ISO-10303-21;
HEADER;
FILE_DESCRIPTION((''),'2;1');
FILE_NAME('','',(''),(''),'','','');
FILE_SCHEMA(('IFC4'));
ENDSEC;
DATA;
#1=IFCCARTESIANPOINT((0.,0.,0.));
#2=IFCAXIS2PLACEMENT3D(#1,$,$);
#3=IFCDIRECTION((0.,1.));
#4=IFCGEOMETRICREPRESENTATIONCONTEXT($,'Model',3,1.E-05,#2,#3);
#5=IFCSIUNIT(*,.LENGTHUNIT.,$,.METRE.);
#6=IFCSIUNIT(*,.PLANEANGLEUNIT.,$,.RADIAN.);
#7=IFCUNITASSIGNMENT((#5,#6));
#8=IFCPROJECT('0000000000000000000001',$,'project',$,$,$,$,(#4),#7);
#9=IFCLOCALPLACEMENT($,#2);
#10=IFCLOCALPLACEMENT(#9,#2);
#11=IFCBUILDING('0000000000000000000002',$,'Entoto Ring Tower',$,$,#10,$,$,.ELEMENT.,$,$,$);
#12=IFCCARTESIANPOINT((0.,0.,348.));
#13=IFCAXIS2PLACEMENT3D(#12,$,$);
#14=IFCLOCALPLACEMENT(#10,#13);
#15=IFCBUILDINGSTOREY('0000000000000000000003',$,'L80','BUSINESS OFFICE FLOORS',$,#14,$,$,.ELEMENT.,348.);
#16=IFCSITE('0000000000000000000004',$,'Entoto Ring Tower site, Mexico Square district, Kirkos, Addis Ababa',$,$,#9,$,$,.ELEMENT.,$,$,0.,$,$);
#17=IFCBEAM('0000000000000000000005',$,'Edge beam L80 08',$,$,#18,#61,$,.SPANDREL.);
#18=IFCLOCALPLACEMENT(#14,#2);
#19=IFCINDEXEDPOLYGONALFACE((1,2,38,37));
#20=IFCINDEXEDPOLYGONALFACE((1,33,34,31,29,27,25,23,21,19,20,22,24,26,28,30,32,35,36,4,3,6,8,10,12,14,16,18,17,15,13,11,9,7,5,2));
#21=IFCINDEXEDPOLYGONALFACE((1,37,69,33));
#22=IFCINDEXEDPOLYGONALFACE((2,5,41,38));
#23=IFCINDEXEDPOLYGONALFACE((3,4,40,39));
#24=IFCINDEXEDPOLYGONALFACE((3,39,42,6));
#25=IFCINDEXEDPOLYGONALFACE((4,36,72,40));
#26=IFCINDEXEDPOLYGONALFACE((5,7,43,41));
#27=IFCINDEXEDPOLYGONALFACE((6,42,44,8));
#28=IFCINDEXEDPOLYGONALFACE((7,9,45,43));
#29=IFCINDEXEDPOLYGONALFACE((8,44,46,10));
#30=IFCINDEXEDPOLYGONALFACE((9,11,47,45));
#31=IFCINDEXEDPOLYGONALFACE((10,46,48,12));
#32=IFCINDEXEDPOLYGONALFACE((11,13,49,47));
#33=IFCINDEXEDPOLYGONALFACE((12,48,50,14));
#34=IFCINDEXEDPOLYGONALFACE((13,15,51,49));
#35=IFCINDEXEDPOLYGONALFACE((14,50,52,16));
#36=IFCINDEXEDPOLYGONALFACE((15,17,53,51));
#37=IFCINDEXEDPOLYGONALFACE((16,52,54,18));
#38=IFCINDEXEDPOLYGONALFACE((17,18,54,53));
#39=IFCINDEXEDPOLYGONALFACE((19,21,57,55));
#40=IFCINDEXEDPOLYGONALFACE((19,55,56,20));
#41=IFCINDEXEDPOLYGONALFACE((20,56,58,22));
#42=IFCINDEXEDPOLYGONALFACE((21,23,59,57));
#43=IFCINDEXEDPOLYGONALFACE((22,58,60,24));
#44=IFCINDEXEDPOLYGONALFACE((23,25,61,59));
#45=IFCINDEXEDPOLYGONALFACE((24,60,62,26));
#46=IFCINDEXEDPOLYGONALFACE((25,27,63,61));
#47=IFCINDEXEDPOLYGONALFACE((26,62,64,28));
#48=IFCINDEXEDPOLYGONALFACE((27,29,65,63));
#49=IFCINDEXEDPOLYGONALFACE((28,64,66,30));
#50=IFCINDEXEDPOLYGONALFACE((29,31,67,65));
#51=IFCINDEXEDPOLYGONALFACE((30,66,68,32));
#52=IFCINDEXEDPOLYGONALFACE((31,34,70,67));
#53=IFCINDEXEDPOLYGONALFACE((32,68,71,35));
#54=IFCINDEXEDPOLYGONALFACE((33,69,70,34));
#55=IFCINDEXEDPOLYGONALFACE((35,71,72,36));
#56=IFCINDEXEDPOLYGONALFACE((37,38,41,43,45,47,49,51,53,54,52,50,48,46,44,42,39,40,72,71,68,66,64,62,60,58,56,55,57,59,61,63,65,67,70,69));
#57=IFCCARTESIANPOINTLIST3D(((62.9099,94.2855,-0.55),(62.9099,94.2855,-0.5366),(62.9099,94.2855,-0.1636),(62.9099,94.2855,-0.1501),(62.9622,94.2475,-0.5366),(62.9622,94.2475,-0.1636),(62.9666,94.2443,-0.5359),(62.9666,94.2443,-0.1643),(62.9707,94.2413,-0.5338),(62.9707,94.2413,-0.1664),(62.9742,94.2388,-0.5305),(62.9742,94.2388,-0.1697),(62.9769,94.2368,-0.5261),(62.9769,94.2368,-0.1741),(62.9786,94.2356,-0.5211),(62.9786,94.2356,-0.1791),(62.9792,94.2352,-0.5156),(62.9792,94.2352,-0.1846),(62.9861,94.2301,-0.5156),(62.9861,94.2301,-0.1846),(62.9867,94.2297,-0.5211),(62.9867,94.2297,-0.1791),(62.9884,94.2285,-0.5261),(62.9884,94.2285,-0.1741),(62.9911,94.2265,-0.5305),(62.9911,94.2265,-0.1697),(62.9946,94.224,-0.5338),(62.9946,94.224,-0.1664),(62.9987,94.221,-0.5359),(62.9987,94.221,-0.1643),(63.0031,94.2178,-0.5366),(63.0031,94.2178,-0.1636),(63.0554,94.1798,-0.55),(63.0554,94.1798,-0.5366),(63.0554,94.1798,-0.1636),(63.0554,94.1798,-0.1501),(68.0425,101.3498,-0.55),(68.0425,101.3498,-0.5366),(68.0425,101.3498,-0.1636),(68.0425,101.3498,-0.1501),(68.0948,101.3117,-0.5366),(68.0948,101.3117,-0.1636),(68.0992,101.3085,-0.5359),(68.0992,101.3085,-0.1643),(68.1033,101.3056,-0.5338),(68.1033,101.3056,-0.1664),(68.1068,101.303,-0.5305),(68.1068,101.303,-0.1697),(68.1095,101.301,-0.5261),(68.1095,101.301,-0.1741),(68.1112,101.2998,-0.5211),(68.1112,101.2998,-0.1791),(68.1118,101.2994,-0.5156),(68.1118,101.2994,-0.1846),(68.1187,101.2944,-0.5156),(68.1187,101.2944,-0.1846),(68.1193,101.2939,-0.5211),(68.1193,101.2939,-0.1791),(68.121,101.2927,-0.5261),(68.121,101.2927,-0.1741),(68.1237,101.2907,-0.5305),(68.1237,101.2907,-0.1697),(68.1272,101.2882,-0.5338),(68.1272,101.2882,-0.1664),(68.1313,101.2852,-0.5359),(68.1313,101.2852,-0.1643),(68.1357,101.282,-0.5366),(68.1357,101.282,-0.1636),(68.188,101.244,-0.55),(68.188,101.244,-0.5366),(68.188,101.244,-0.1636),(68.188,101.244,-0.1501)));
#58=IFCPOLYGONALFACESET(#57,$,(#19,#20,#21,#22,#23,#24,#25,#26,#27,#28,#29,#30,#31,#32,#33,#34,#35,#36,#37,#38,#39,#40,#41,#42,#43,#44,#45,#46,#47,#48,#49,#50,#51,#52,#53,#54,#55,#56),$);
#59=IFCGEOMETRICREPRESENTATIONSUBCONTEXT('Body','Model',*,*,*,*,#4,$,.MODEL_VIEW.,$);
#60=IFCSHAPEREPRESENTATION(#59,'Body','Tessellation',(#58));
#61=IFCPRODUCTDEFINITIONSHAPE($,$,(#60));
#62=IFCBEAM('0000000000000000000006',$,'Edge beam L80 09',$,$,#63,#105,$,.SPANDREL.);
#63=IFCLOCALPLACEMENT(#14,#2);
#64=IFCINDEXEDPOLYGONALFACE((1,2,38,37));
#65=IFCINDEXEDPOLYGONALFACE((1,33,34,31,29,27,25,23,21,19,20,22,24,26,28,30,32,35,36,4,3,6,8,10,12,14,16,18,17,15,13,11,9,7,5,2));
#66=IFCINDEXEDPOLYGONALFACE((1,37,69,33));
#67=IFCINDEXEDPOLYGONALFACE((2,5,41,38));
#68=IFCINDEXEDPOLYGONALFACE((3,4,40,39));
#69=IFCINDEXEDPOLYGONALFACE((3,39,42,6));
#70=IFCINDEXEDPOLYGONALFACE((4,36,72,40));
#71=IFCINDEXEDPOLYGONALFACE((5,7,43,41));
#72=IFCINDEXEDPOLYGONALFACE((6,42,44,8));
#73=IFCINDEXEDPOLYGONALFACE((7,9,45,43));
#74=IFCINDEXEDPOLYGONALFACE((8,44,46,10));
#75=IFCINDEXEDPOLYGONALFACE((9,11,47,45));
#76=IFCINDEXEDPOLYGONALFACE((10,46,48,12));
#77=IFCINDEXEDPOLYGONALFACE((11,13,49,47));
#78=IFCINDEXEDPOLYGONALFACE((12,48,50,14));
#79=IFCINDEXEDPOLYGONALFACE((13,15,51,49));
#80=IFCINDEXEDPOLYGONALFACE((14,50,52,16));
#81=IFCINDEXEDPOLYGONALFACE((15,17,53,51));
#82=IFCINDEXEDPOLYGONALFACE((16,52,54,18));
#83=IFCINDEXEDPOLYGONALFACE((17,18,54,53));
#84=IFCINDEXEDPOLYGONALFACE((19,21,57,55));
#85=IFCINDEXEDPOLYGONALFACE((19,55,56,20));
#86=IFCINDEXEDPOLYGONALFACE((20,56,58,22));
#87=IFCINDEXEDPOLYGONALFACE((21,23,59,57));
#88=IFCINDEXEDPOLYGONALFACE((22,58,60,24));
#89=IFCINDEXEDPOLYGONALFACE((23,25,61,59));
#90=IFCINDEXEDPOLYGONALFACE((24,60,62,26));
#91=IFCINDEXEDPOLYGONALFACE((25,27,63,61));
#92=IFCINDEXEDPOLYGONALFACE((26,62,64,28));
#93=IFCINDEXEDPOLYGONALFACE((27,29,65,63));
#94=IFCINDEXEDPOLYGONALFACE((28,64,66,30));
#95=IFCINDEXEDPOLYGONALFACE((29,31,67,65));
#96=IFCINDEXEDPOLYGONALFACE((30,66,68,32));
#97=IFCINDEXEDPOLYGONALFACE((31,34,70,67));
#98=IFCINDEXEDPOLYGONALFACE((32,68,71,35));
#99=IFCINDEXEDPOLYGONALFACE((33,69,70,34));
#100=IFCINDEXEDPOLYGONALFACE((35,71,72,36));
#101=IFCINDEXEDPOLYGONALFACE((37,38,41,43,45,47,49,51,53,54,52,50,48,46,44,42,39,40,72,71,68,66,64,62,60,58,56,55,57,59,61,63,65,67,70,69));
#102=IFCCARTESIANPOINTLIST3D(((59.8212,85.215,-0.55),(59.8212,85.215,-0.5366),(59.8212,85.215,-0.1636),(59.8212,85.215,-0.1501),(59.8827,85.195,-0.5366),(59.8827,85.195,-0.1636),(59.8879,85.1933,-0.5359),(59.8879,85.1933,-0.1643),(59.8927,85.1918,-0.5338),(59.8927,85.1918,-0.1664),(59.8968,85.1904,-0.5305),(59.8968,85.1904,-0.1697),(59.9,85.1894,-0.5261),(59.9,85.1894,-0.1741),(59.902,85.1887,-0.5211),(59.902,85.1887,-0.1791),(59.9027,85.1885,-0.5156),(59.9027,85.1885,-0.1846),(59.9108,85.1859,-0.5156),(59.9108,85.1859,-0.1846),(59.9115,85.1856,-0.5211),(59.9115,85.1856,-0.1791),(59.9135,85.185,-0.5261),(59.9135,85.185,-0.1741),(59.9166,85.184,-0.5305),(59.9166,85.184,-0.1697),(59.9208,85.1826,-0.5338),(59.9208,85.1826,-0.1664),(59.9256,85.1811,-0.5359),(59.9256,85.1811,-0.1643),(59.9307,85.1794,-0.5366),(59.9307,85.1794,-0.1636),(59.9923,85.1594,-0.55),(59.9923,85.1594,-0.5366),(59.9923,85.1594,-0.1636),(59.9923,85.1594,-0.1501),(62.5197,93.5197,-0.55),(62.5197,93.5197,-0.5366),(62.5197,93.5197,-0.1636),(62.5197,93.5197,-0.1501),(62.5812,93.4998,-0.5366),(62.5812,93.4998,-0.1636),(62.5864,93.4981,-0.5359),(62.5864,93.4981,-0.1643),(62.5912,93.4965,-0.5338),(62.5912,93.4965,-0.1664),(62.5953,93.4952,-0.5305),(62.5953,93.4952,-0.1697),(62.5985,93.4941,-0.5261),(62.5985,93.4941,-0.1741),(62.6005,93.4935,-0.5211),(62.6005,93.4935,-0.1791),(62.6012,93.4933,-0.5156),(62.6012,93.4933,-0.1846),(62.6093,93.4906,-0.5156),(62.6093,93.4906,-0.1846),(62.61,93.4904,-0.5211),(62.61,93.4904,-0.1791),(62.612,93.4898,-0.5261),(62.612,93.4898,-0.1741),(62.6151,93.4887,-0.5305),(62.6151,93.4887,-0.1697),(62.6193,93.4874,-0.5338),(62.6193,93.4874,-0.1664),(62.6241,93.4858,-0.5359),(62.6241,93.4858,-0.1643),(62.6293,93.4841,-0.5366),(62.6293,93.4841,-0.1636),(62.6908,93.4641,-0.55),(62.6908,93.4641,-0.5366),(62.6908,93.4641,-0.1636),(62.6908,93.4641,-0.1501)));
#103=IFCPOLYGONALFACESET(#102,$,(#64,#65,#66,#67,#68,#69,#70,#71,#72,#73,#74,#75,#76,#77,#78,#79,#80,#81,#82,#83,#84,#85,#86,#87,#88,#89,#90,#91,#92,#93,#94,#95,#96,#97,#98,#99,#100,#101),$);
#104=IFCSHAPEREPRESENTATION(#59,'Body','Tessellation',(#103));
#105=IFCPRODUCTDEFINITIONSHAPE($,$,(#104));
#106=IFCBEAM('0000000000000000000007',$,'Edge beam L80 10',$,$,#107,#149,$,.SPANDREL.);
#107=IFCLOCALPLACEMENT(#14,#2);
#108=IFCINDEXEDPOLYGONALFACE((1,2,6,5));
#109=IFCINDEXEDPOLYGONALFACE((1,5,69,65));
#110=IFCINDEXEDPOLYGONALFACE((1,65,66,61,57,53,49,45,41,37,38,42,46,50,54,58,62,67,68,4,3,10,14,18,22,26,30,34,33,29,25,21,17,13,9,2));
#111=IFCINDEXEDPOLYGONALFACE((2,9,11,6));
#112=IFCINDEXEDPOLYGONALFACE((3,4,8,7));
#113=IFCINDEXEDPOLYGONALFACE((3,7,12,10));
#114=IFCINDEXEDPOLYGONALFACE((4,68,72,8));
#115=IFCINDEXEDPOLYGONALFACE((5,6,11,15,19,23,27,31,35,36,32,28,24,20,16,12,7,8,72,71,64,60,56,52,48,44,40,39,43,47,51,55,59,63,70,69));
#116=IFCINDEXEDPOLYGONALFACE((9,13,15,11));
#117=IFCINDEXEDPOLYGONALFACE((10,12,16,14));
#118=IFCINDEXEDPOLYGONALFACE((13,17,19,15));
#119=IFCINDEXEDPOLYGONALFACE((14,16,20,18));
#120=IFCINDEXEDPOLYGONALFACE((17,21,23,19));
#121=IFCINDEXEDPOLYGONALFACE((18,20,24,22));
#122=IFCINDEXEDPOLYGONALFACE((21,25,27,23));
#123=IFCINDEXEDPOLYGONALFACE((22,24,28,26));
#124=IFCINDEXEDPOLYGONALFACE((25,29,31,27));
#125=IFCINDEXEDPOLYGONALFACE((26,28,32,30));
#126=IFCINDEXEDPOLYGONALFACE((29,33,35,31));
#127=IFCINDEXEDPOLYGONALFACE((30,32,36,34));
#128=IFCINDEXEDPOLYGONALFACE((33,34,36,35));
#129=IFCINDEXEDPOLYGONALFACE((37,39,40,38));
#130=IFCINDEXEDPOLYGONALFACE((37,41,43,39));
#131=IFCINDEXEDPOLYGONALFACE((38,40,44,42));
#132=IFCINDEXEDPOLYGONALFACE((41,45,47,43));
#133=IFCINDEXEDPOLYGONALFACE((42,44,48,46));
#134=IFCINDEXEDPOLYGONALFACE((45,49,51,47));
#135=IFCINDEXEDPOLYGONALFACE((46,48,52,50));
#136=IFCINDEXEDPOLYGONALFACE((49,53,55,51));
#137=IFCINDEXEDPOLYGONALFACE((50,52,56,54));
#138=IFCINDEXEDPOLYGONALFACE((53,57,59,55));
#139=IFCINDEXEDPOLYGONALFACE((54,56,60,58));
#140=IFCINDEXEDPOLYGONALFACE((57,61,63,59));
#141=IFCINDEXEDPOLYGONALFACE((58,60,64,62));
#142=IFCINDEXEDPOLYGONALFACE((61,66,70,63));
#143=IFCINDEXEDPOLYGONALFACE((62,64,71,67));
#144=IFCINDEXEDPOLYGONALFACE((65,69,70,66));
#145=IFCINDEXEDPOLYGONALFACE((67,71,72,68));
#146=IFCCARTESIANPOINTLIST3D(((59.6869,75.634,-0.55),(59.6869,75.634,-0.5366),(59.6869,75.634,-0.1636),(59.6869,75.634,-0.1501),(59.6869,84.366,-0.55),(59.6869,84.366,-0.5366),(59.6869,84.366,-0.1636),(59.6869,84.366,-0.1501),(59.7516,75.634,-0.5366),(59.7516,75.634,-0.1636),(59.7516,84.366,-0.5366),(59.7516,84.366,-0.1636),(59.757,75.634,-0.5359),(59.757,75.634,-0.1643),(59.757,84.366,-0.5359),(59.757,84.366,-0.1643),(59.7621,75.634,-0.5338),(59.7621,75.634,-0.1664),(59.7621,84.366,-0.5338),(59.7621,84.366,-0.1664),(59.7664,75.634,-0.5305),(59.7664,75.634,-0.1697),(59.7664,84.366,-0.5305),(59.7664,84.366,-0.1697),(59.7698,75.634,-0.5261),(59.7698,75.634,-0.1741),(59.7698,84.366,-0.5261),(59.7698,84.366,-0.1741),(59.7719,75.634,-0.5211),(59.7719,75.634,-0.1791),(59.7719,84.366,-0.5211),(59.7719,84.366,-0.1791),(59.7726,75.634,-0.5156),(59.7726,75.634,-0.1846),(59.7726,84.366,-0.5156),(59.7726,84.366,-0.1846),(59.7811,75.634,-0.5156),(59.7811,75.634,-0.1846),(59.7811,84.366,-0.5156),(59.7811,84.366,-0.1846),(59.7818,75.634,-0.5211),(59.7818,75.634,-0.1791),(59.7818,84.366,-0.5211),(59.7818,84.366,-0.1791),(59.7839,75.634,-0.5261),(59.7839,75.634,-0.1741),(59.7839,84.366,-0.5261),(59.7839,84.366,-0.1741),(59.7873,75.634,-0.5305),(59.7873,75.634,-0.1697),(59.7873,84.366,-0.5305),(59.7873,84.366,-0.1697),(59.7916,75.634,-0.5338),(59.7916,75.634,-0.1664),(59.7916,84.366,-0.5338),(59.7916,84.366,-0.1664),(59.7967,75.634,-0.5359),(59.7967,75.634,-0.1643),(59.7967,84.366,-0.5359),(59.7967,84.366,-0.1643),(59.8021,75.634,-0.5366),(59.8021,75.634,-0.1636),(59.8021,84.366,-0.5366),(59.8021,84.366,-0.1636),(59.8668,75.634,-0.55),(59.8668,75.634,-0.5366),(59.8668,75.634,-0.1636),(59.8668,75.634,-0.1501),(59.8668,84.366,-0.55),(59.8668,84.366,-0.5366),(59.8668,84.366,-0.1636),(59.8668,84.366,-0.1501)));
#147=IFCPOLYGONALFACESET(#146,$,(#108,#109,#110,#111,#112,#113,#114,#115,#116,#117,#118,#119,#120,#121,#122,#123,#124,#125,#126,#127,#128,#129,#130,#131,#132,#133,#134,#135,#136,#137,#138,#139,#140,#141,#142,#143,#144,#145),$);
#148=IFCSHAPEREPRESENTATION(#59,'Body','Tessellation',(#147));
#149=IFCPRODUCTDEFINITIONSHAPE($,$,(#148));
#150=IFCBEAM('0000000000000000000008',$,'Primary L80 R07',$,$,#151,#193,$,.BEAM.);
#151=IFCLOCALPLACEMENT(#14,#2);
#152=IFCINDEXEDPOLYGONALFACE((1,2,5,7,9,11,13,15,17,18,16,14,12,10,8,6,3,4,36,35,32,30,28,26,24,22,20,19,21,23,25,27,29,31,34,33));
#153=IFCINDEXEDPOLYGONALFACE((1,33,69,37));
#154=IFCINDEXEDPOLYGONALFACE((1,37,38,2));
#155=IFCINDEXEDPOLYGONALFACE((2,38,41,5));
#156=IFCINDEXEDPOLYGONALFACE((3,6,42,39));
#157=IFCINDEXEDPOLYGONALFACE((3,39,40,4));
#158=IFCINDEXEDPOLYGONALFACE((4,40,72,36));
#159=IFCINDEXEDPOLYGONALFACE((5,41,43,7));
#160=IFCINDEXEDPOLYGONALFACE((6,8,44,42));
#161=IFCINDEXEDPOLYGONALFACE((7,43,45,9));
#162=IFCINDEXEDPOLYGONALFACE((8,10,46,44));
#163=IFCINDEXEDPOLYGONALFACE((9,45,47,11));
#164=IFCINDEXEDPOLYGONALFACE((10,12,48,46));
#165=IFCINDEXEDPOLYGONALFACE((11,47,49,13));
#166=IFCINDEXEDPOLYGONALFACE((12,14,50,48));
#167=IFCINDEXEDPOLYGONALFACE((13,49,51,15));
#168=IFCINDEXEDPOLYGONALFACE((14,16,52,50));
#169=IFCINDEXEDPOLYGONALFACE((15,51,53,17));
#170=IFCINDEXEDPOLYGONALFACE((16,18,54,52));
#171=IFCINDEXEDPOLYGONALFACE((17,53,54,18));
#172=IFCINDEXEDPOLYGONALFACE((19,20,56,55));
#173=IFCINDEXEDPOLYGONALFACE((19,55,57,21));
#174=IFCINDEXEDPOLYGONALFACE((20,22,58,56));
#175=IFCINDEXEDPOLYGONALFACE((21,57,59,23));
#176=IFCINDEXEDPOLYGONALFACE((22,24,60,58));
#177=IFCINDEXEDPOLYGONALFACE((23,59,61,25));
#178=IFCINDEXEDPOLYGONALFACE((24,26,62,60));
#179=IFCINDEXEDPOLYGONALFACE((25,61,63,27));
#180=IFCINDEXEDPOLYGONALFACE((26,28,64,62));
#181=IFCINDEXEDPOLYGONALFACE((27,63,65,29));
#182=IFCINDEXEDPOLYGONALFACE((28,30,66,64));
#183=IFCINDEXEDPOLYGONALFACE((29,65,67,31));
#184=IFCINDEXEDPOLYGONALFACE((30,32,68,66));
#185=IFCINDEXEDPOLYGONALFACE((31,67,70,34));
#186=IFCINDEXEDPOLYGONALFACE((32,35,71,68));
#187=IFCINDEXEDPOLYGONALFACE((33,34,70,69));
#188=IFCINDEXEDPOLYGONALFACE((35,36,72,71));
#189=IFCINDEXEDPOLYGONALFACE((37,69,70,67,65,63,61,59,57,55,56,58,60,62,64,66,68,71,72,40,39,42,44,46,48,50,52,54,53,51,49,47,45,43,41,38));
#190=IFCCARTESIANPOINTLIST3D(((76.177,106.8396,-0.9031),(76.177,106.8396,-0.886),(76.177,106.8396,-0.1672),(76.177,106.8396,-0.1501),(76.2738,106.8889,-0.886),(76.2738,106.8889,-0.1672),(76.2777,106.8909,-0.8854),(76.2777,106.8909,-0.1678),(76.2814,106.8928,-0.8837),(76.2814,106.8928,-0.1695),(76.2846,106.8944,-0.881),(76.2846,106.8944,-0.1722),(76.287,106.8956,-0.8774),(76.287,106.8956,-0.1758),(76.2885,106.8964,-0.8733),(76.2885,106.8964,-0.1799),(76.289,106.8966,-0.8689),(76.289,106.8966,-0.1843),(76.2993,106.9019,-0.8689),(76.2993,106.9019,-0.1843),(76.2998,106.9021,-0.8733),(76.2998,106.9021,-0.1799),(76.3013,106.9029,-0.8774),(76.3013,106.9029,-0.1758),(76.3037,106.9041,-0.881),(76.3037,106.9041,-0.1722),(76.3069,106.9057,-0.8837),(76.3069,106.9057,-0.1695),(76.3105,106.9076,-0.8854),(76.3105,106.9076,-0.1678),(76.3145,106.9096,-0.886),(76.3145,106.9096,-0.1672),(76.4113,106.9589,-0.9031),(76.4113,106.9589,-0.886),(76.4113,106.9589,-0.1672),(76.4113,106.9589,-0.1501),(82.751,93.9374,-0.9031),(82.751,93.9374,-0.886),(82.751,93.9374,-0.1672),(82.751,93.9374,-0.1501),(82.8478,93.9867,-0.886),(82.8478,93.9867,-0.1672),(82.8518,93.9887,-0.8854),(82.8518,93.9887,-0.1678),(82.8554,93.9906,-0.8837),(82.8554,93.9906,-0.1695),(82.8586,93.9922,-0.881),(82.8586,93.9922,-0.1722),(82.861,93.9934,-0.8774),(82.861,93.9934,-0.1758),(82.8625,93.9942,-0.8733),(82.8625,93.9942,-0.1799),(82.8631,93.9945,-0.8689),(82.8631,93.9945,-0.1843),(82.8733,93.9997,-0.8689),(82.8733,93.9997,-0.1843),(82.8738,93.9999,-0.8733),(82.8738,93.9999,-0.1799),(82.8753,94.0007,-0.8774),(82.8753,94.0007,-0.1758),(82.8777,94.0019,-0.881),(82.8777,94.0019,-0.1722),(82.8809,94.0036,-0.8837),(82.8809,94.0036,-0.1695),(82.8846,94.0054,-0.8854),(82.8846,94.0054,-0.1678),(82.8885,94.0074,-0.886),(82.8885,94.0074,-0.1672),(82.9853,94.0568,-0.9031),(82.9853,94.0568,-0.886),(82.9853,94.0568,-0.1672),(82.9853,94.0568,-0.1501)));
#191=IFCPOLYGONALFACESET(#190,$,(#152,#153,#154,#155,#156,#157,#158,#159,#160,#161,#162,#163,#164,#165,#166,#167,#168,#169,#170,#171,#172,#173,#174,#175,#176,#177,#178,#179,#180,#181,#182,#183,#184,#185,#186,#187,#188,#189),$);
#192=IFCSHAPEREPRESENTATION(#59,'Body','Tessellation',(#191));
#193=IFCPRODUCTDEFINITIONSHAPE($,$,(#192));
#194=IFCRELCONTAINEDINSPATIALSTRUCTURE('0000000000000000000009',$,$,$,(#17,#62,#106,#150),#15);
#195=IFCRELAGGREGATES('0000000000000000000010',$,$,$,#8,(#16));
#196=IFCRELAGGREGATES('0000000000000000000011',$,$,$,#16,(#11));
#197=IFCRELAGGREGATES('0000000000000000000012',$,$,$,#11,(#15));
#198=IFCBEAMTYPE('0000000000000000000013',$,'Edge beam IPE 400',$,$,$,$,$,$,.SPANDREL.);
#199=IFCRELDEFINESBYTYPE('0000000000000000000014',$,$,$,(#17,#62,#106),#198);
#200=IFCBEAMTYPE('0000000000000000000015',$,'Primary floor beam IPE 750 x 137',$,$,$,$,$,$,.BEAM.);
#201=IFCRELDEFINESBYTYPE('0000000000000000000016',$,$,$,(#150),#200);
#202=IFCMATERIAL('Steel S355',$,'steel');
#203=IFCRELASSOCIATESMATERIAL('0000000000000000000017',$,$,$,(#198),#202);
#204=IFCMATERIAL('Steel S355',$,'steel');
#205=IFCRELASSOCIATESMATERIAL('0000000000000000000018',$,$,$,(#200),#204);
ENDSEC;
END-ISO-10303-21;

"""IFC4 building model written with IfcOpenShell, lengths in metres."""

from ifc_helpers import new_model, si_unit, direction, frame, origin, origin_2d, place, context, subcontext, project, spatial, i_section, extrude, material, material_profile, profile_set, type_object, element, save


model = new_model("IFC4")

# Units and contexts
model_context = context("Model", 3, precision=1e-05, world=origin(), true_north=direction((0.0, 1.0)))
body_context = subcontext(model_context, "Body", "Model", "MODEL_VIEW")
ifc_project = project(units=[si_unit("LENGTHUNIT", "METRE"), si_unit("PLANEANGLEUNIT", "RADIAN")], contexts=[model_context])

# Site, building, storey
site_placement = place(None, origin())
site = spatial("IfcSite", under=ifc_project, at=site_placement, Name="Entoto Ring Tower site, Mexico Square district, Kirkos, Addis Ababa", CompositionType="ELEMENT", RefElevation=0.0)
building_placement = place(site_placement, origin())
building = spatial("IfcBuilding", under=site, at=building_placement, Name="Entoto Ring Tower", CompositionType="ELEMENT")
storey_placement = place(building_placement, frame((0.0, 0.0, 348.0)))
storey = spatial("IfcBuildingStorey", under=building, at=storey_placement, Name="L80", Description="BUSINESS OFFICE FLOORS", CompositionType="ELEMENT", Elevation=348.0)

# Beams
ifc_material_1 = material(Name="Steel S355", Category="steel")
ifc_material_profile_1 = material_profile(ifc_material_1, i_section(OverallWidth=0.1799, OverallDepth=0.3999, WebThickness=0.0085, FlangeThickness=0.0134, FilletRadius=0.021, at=origin_2d()), Name="IPE 400")
ifc_profile_set_1 = profile_set([ifc_material_profile_1], Name="Steel S355")
beam_type_1 = type_object("IfcBeamType", Name="Edge beam IPE 400", PredefinedType="SPANDREL", material=ifc_profile_set_1)
for number, where, z_axis, x_axis, name in (
    (1, (68.1152, 101.2969, -0.3501), (-0.587794, -0.80901, 0.0), (0.80901, -0.587794, 0.0), "Edge beam L80 08"),
):
    element("IfcBeam", number, at=place(storey_placement, frame(where, z_axis=z_axis, x_axis=x_axis)), inside=storey, type_object=beam_type_1, Name=name, PredefinedType="SPANDREL", context=body_context, shape_type="SweptSolid", body=[
        extrude(i_section(OverallWidth=0.1799, OverallDepth=0.3999, WebThickness=0.0085, FlangeThickness=0.0134, FilletRadius=0.021, at=origin_2d()), origin(), (0.0, 0.0, 1.0), 8.7319),
    ])
beam_1_placement = place(storey_placement, frame((62.6052, 93.4919, -0.3501), z_axis=(-0.30903, -0.951052, 0.0), x_axis=(0.951052, -0.30903, 0.0)))
element("IfcBeam", 2, at=beam_1_placement, inside=storey, type_object=beam_type_1, Name="Edge beam L80 09", PredefinedType="SPANDREL", context=body_context, shape_type="SweptSolid", body=[
    extrude(i_section(OverallWidth=0.1799, OverallDepth=0.3999, WebThickness=0.0085, FlangeThickness=0.0134, FilletRadius=0.021, at=origin_2d()), origin(), (0.0, 0.0, 1.0), 8.7322),
])
beam_2_placement = place(storey_placement, frame((59.7769, 84.366, -0.3501), z_axis=(0.0, -1.0, 0.0), x_axis=(1.0, 0.0, 0.0)))
element("IfcBeam", 3, at=beam_2_placement, inside=storey, type_object=beam_type_1, Name="Edge beam L80 10", PredefinedType="SPANDREL", context=body_context, shape_type="SweptSolid", body=[
    extrude(i_section(OverallWidth=0.1799, OverallDepth=0.3999, WebThickness=0.0085, FlangeThickness=0.0134, FilletRadius=0.021, at=origin_2d()), origin(), (0.0, 0.0, 1.0), 8.7319),
])
ifc_material_2 = material(Name="Steel S355", Category="steel")
ifc_material_profile_2 = material_profile(ifc_material_2, i_section(OverallWidth=0.2629, OverallDepth=0.7529, WebThickness=0.0115, FlangeThickness=0.0171, FilletRadius=0.0171, at=origin_2d()), Name="IPE 750 x 137")
ifc_profile_set_2 = profile_set([ifc_material_profile_2], Name="Steel S355")
beam_type_2 = type_object("IfcBeamType", Name="Primary floor beam IPE 750 x 137", PredefinedType="BEAM", material=ifc_profile_set_2)
beam_3_placement = place(storey_placement, frame((82.8682, 93.9971, -0.5266), z_axis=(-0.453992, 0.891006, 0.0), x_axis=(-0.891006, -0.453992, 0.0)))
element("IfcBeam", 4, at=beam_3_placement, inside=storey, type_object=beam_type_2, Name="Primary L80 R07", PredefinedType="BEAM", context=body_context, shape_type="SweptSolid", body=[
    extrude(i_section(OverallWidth=0.2629, OverallDepth=0.7529, WebThickness=0.0115, FlangeThickness=0.0171, FilletRadius=0.0171, at=origin_2d()), origin(), (0.0, 0.0, 1.0), 14.4805),
])

save(model, "model.ifc")
